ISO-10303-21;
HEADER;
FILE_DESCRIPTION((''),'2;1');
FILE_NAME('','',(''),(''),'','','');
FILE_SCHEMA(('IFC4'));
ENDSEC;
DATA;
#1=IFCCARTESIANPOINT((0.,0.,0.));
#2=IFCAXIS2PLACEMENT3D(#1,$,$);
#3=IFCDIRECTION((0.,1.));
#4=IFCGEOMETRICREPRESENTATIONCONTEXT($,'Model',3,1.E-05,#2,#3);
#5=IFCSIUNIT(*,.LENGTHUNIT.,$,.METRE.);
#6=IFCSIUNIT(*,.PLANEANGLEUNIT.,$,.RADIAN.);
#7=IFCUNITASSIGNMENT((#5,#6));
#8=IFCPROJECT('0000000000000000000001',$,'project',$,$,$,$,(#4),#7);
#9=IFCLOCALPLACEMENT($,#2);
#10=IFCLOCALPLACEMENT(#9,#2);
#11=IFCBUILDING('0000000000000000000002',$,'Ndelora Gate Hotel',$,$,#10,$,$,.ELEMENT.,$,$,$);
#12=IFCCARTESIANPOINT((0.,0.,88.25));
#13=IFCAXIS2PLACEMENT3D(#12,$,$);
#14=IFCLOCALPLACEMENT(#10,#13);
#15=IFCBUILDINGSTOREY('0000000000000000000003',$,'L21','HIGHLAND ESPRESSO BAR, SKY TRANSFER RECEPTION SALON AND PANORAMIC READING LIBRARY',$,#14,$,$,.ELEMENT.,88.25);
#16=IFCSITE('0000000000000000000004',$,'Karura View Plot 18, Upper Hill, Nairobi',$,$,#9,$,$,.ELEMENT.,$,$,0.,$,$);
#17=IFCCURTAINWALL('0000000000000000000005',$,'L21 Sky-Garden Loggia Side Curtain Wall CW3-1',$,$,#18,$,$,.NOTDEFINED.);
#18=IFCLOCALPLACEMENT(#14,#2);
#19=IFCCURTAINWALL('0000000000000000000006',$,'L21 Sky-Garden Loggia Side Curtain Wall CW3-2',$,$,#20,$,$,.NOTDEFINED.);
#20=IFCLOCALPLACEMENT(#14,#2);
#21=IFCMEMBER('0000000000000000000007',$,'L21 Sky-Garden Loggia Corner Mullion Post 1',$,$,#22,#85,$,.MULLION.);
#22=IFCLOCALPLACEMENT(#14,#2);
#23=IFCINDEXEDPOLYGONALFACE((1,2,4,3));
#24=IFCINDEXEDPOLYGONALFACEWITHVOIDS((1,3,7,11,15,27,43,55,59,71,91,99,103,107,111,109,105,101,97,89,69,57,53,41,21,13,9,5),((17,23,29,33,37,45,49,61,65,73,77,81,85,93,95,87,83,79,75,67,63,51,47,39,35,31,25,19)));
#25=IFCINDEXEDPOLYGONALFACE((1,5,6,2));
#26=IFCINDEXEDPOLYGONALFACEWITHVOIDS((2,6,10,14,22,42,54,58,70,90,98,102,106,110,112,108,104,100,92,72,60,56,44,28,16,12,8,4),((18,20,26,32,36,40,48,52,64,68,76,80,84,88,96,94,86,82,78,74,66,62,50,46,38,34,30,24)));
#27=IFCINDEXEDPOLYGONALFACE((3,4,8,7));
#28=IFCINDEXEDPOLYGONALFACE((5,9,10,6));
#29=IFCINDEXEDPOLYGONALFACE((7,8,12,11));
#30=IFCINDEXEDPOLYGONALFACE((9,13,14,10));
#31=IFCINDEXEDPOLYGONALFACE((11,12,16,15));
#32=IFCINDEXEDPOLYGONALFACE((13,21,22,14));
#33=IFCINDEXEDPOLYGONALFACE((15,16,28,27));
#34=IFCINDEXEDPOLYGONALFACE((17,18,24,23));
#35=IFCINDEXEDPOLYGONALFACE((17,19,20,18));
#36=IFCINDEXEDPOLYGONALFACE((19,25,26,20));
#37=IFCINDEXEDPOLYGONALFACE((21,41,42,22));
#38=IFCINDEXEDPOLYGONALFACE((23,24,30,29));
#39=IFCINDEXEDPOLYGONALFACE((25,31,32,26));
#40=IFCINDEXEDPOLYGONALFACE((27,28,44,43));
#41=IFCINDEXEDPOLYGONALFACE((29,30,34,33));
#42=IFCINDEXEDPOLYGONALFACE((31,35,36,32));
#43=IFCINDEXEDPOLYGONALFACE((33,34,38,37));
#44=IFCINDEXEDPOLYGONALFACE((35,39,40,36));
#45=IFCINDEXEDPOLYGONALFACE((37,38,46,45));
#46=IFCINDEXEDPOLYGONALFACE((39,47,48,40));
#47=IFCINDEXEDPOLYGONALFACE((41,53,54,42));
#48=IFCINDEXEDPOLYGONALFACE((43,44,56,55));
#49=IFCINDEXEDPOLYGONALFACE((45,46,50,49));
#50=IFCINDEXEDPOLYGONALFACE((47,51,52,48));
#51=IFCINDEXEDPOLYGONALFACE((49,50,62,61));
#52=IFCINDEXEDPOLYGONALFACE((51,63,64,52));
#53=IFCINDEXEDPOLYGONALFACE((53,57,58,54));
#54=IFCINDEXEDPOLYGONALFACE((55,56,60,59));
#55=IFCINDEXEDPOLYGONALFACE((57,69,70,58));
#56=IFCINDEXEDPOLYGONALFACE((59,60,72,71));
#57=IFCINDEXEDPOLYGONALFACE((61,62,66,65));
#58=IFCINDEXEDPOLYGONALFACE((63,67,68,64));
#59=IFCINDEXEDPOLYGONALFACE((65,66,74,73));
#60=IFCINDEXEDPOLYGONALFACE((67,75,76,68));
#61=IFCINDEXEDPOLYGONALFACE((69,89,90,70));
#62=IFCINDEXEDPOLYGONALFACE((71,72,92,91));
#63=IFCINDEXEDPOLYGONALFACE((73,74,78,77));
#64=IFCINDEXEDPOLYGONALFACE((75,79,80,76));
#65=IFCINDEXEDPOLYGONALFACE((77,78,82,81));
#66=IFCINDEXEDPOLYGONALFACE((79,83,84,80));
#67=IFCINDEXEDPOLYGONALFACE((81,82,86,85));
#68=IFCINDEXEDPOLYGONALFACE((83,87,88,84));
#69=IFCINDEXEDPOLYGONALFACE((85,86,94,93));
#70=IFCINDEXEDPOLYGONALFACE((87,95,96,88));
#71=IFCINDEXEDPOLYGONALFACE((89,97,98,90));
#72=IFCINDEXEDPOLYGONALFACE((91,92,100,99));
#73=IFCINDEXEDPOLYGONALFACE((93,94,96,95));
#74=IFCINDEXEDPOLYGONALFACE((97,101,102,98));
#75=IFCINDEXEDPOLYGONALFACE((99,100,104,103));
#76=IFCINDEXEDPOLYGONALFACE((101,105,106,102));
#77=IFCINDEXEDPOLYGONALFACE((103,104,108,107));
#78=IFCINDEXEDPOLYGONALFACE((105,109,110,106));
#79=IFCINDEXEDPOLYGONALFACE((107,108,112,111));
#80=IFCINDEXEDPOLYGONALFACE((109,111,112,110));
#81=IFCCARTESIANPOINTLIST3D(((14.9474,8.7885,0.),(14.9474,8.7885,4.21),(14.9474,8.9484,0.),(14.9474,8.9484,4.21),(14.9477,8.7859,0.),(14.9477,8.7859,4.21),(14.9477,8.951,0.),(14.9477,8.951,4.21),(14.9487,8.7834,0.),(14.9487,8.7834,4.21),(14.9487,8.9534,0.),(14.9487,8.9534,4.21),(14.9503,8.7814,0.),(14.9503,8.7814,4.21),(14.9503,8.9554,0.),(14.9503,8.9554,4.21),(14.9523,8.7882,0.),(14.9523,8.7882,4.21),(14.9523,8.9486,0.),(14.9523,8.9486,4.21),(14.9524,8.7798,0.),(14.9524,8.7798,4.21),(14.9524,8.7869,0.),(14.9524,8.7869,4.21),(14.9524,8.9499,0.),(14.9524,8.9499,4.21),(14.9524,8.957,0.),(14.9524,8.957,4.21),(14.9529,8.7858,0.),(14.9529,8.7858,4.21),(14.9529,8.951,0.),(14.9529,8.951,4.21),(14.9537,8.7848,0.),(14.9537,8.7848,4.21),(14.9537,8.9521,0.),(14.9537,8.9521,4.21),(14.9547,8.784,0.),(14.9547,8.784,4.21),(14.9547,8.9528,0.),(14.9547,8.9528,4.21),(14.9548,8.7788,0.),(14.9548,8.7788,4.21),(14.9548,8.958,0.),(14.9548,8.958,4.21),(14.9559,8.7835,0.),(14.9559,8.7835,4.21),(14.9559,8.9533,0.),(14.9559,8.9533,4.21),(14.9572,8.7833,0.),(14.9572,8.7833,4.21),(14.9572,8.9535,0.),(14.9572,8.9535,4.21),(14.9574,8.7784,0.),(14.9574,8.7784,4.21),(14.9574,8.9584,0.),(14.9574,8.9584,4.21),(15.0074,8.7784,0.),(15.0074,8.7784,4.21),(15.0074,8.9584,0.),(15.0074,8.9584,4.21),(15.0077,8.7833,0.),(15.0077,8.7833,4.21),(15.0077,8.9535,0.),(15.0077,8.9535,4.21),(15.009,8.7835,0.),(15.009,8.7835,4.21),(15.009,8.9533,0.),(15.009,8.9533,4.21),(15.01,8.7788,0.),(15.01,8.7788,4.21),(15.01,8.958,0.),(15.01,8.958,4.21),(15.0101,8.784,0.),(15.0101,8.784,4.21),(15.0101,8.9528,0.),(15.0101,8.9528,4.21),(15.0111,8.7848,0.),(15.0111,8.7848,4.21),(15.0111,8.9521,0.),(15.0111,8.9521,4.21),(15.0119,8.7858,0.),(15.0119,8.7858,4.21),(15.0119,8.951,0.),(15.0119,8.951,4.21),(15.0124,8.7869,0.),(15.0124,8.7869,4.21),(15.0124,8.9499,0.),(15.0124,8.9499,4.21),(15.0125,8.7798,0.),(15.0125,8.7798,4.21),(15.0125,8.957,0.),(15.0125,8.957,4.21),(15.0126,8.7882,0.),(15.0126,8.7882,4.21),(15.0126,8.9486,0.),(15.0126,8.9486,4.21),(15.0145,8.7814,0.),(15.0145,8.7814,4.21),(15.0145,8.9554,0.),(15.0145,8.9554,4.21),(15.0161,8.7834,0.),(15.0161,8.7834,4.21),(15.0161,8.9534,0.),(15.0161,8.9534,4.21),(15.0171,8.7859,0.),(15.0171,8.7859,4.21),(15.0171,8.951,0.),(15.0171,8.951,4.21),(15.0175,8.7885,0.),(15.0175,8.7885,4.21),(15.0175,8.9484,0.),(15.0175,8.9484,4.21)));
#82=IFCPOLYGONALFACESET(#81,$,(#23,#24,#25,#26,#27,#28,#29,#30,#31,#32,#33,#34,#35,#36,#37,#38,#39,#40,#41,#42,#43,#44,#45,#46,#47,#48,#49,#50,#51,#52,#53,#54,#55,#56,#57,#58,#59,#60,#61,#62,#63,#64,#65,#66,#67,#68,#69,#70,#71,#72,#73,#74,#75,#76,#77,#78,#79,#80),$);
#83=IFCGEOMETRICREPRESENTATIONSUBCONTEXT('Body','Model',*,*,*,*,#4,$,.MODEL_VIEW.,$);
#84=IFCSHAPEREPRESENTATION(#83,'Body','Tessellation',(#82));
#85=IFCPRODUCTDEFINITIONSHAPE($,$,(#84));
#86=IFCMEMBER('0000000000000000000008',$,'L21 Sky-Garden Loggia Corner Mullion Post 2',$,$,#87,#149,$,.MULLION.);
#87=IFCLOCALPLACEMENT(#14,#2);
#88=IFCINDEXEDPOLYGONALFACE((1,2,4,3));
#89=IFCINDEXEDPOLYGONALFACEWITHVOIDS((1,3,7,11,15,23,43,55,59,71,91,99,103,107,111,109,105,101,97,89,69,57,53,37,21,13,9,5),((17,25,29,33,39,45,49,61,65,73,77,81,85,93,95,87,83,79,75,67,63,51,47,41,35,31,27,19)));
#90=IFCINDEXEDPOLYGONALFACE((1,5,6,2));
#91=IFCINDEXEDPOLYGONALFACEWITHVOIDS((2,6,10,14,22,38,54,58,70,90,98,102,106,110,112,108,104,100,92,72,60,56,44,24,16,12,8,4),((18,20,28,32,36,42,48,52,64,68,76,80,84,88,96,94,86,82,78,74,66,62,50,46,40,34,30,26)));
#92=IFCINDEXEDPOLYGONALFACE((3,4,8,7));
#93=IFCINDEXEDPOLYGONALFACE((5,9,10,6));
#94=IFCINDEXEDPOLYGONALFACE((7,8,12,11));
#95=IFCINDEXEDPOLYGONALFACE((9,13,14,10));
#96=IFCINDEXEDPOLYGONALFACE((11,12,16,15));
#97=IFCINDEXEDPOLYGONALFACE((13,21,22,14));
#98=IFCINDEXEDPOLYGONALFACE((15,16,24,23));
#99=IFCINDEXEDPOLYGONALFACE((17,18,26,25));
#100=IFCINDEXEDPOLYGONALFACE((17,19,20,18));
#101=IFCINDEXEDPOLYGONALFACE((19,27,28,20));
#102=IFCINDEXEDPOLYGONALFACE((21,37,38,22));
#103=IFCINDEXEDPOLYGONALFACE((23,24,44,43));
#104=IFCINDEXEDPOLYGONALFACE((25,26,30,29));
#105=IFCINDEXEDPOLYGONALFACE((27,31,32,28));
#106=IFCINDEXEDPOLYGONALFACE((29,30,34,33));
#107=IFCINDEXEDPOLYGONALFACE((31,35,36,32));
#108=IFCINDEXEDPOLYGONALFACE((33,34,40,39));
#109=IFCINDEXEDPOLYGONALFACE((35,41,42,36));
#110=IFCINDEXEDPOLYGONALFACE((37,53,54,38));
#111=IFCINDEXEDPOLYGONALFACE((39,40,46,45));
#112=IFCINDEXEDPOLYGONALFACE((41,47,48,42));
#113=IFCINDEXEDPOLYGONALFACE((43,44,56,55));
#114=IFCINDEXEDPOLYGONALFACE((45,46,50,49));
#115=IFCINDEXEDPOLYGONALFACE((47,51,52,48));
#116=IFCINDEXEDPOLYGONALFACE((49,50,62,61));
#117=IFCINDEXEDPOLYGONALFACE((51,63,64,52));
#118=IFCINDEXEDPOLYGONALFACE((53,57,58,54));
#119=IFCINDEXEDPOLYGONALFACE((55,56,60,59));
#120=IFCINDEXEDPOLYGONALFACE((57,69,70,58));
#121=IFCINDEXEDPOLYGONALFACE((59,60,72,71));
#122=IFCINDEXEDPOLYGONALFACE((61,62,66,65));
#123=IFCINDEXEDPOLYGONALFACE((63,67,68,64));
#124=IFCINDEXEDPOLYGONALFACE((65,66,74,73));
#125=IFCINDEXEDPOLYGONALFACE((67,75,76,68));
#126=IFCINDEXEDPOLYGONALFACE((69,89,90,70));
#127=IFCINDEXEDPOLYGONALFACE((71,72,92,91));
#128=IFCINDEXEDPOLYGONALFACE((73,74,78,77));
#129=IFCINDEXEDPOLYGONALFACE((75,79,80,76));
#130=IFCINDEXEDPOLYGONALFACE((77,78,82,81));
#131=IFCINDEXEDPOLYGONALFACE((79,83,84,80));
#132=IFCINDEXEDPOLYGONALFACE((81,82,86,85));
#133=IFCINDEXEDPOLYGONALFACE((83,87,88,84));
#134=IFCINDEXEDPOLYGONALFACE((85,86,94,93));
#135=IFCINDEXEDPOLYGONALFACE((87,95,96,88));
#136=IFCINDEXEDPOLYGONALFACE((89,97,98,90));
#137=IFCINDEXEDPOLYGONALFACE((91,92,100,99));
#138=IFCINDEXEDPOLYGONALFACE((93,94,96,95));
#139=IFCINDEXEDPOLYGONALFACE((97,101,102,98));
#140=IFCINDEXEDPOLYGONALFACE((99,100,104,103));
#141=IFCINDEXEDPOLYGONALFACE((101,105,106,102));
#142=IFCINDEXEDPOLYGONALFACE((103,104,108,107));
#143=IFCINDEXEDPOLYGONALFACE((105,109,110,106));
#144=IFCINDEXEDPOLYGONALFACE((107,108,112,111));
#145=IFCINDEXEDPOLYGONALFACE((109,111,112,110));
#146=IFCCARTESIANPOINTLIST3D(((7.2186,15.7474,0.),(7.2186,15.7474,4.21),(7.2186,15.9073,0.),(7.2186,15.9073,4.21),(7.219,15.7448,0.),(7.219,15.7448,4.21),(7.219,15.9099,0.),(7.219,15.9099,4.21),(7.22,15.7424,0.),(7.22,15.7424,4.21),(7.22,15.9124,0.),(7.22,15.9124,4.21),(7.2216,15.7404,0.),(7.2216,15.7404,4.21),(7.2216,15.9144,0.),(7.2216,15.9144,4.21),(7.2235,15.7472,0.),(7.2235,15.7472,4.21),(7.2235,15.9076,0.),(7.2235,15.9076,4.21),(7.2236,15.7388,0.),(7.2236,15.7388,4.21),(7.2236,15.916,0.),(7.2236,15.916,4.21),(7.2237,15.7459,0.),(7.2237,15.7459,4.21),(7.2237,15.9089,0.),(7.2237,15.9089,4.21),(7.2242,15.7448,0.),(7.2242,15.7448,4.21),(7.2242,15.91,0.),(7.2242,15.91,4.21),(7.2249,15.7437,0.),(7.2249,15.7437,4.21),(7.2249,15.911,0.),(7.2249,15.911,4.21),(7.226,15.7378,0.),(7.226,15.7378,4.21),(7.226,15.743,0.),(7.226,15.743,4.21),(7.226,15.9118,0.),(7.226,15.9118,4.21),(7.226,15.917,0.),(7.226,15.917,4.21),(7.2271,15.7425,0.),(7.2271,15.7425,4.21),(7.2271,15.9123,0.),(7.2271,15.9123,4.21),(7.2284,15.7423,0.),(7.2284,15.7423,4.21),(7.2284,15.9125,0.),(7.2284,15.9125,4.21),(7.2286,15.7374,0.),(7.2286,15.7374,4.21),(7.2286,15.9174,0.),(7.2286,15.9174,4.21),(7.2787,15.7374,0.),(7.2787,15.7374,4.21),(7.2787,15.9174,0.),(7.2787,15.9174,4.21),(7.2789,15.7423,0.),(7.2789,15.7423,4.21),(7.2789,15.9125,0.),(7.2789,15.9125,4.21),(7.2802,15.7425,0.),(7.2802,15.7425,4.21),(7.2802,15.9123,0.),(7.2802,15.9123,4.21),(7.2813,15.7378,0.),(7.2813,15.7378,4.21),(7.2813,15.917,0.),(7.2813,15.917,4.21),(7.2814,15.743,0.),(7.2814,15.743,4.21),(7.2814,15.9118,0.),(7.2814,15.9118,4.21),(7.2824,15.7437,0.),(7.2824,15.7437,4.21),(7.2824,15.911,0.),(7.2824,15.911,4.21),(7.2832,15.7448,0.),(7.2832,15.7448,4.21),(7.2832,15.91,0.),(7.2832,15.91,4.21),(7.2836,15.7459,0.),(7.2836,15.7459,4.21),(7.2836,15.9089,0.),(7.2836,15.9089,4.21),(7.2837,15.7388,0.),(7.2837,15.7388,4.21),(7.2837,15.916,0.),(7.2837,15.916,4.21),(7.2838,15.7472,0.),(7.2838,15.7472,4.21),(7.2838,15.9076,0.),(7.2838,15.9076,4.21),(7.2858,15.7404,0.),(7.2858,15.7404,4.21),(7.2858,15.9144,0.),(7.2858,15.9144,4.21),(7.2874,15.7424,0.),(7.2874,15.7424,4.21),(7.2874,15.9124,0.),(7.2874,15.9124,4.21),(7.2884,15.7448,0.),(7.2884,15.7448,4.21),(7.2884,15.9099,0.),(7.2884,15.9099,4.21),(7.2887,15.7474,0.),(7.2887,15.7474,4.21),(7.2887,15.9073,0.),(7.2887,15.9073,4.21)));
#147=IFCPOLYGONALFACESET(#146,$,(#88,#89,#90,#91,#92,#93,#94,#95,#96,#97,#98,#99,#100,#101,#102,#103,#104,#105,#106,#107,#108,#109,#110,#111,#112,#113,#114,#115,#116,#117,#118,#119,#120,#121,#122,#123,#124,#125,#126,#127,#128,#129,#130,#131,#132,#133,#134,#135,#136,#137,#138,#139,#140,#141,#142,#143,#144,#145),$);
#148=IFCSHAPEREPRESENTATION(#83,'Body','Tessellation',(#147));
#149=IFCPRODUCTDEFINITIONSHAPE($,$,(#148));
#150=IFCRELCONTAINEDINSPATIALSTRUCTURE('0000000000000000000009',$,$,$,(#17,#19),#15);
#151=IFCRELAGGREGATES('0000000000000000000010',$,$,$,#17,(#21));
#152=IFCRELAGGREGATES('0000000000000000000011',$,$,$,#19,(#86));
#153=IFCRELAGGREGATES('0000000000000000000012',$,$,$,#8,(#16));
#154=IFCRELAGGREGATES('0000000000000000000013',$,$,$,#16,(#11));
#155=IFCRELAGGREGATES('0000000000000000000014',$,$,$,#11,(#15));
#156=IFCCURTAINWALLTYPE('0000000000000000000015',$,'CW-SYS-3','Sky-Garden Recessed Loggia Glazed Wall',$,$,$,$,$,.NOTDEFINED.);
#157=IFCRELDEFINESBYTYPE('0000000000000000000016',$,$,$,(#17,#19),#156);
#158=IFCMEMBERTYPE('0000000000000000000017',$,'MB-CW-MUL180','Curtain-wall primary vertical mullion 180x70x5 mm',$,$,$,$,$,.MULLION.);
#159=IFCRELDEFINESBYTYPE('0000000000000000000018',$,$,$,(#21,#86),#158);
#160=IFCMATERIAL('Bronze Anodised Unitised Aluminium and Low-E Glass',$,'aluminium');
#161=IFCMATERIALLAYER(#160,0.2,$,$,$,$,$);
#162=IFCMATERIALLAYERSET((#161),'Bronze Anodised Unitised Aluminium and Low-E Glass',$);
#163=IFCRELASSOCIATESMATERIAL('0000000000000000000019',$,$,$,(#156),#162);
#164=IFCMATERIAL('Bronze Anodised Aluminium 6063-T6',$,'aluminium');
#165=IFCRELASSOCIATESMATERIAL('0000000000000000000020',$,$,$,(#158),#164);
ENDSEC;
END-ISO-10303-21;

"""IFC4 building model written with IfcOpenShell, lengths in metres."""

from ifc_helpers import new_model, si_unit, direction, frame, origin, origin_2d, place, context, subcontext, project, spatial, hollow_rectangle, extrude, material, layer, layer_set, material_profile, profile_set, type_object, element, aggregate, save


model = new_model("IFC4")

# Units and contexts
model_context = context("Model", 3, precision=1e-05, world=origin(), true_north=direction((0.0, 1.0)))
body_context = subcontext(model_context, "Body", "Model", "MODEL_VIEW")
ifc_project = project(units=[si_unit("LENGTHUNIT", "METRE"), si_unit("PLANEANGLEUNIT", "RADIAN")], contexts=[model_context])

# Site, building, storey
site_placement = place(None, origin())
site = spatial("IfcSite", under=ifc_project, at=site_placement, Name="Karura View Plot 18, Upper Hill, Nairobi", CompositionType="ELEMENT", RefElevation=0.0)
building_placement = place(site_placement, origin())
building = spatial("IfcBuilding", under=site, at=building_placement, Name="Ndelora Gate Hotel", CompositionType="ELEMENT")
storey_placement = place(building_placement, frame((0.0, 0.0, 88.25)))
storey = spatial("IfcBuildingStorey", under=building, at=storey_placement, Name="L21", Description="HIGHLAND ESPRESSO BAR, SKY TRANSFER RECEPTION SALON AND PANORAMIC READING LIBRARY", CompositionType="ELEMENT", Elevation=88.25)

# Curtain walls
ifc_material_1 = material(Name="Bronze Anodised Unitised Aluminium and Low-E Glass", Category="aluminium")
ifc_layer_1 = layer(ifc_material_1, 0.2)
ifc_layer_set_1 = layer_set([ifc_layer_1], Name="Bronze Anodised Unitised Aluminium and Low-E Glass")
curtain_wall_type = type_object("IfcCurtainWallType", Name="CW-SYS-3", Description="Sky-Garden Recessed Loggia Glazed Wall", PredefinedType="NOTDEFINED", material=ifc_layer_set_1)
curtain_wall_1_placement = place(storey_placement, origin())
curtain_wall_1 = element("IfcCurtainWall", 1, at=curtain_wall_1_placement, inside=storey, type_object=curtain_wall_type, Name="L21 Sky-Garden Loggia Side Curtain Wall CW3-1", PredefinedType="NOTDEFINED")
ifc_material_2 = material(Name="Bronze Anodised Aluminium 6063-T6", Category="aluminium")
curtain_wall_2_placement = place(storey_placement, origin())
curtain_wall_2 = element("IfcCurtainWall", 2, at=curtain_wall_2_placement, inside=storey, type_object=curtain_wall_type, Name="L21 Sky-Garden Loggia Side Curtain Wall CW3-2", PredefinedType="NOTDEFINED")

# Members
ifc_material_profile_1 = material_profile(ifc_material_2, hollow_rectangle(XDim=0.0701, YDim=0.1799, WallThickness=0.0049, InnerFilletRadius=0.0049, OuterFilletRadius=0.01, at=origin_2d()), Name="ALU 180x70x5")
ifc_profile_set_1 = profile_set([ifc_material_profile_1], Name="Bronze Anodised Aluminium 6063-T6")
member_type_1 = type_object("IfcMemberType", Name="MB-CW-MUL180", Description="Curtain-wall primary vertical mullion 180x70x5 mm", PredefinedType="MULLION", material=ifc_profile_set_1)
member_1_placement = place(storey_placement, frame((14.9824, 8.8684, 0.0), z_axis=(0.0, 0.0, 1.0), x_axis=(1.0, 0.0, 0.0)))
member_1 = element("IfcMember", 3, at=member_1_placement, type_object=member_type_1, Name="L21 Sky-Garden Loggia Corner Mullion Post 1", PredefinedType="MULLION", context=body_context, shape_type="SweptSolid", body=[
    extrude(hollow_rectangle(XDim=0.0701, YDim=0.1799, WallThickness=0.0049, InnerFilletRadius=0.0049, OuterFilletRadius=0.01, at=origin_2d()), origin(), (0.0, 0.0, 1.0), 4.21),
])
member_2_placement = place(storey_placement, frame((7.2537, 15.8274, 0.0), z_axis=(0.0, 0.0, 1.0), x_axis=(1.0, 0.0, 0.0)))
member_2 = element("IfcMember", 4, at=member_2_placement, type_object=member_type_1, Name="L21 Sky-Garden Loggia Corner Mullion Post 2", PredefinedType="MULLION", context=body_context, shape_type="SweptSolid", body=[
    extrude(hollow_rectangle(XDim=0.0701, YDim=0.1799, WallThickness=0.0049, InnerFilletRadius=0.0049, OuterFilletRadius=0.01, at=origin_2d()), origin(), (0.0, 0.0, 1.0), 4.21),
])

aggregate(curtain_wall_1, [member_1])
aggregate(curtain_wall_2, [member_2])

save(model, "model.ifc")
